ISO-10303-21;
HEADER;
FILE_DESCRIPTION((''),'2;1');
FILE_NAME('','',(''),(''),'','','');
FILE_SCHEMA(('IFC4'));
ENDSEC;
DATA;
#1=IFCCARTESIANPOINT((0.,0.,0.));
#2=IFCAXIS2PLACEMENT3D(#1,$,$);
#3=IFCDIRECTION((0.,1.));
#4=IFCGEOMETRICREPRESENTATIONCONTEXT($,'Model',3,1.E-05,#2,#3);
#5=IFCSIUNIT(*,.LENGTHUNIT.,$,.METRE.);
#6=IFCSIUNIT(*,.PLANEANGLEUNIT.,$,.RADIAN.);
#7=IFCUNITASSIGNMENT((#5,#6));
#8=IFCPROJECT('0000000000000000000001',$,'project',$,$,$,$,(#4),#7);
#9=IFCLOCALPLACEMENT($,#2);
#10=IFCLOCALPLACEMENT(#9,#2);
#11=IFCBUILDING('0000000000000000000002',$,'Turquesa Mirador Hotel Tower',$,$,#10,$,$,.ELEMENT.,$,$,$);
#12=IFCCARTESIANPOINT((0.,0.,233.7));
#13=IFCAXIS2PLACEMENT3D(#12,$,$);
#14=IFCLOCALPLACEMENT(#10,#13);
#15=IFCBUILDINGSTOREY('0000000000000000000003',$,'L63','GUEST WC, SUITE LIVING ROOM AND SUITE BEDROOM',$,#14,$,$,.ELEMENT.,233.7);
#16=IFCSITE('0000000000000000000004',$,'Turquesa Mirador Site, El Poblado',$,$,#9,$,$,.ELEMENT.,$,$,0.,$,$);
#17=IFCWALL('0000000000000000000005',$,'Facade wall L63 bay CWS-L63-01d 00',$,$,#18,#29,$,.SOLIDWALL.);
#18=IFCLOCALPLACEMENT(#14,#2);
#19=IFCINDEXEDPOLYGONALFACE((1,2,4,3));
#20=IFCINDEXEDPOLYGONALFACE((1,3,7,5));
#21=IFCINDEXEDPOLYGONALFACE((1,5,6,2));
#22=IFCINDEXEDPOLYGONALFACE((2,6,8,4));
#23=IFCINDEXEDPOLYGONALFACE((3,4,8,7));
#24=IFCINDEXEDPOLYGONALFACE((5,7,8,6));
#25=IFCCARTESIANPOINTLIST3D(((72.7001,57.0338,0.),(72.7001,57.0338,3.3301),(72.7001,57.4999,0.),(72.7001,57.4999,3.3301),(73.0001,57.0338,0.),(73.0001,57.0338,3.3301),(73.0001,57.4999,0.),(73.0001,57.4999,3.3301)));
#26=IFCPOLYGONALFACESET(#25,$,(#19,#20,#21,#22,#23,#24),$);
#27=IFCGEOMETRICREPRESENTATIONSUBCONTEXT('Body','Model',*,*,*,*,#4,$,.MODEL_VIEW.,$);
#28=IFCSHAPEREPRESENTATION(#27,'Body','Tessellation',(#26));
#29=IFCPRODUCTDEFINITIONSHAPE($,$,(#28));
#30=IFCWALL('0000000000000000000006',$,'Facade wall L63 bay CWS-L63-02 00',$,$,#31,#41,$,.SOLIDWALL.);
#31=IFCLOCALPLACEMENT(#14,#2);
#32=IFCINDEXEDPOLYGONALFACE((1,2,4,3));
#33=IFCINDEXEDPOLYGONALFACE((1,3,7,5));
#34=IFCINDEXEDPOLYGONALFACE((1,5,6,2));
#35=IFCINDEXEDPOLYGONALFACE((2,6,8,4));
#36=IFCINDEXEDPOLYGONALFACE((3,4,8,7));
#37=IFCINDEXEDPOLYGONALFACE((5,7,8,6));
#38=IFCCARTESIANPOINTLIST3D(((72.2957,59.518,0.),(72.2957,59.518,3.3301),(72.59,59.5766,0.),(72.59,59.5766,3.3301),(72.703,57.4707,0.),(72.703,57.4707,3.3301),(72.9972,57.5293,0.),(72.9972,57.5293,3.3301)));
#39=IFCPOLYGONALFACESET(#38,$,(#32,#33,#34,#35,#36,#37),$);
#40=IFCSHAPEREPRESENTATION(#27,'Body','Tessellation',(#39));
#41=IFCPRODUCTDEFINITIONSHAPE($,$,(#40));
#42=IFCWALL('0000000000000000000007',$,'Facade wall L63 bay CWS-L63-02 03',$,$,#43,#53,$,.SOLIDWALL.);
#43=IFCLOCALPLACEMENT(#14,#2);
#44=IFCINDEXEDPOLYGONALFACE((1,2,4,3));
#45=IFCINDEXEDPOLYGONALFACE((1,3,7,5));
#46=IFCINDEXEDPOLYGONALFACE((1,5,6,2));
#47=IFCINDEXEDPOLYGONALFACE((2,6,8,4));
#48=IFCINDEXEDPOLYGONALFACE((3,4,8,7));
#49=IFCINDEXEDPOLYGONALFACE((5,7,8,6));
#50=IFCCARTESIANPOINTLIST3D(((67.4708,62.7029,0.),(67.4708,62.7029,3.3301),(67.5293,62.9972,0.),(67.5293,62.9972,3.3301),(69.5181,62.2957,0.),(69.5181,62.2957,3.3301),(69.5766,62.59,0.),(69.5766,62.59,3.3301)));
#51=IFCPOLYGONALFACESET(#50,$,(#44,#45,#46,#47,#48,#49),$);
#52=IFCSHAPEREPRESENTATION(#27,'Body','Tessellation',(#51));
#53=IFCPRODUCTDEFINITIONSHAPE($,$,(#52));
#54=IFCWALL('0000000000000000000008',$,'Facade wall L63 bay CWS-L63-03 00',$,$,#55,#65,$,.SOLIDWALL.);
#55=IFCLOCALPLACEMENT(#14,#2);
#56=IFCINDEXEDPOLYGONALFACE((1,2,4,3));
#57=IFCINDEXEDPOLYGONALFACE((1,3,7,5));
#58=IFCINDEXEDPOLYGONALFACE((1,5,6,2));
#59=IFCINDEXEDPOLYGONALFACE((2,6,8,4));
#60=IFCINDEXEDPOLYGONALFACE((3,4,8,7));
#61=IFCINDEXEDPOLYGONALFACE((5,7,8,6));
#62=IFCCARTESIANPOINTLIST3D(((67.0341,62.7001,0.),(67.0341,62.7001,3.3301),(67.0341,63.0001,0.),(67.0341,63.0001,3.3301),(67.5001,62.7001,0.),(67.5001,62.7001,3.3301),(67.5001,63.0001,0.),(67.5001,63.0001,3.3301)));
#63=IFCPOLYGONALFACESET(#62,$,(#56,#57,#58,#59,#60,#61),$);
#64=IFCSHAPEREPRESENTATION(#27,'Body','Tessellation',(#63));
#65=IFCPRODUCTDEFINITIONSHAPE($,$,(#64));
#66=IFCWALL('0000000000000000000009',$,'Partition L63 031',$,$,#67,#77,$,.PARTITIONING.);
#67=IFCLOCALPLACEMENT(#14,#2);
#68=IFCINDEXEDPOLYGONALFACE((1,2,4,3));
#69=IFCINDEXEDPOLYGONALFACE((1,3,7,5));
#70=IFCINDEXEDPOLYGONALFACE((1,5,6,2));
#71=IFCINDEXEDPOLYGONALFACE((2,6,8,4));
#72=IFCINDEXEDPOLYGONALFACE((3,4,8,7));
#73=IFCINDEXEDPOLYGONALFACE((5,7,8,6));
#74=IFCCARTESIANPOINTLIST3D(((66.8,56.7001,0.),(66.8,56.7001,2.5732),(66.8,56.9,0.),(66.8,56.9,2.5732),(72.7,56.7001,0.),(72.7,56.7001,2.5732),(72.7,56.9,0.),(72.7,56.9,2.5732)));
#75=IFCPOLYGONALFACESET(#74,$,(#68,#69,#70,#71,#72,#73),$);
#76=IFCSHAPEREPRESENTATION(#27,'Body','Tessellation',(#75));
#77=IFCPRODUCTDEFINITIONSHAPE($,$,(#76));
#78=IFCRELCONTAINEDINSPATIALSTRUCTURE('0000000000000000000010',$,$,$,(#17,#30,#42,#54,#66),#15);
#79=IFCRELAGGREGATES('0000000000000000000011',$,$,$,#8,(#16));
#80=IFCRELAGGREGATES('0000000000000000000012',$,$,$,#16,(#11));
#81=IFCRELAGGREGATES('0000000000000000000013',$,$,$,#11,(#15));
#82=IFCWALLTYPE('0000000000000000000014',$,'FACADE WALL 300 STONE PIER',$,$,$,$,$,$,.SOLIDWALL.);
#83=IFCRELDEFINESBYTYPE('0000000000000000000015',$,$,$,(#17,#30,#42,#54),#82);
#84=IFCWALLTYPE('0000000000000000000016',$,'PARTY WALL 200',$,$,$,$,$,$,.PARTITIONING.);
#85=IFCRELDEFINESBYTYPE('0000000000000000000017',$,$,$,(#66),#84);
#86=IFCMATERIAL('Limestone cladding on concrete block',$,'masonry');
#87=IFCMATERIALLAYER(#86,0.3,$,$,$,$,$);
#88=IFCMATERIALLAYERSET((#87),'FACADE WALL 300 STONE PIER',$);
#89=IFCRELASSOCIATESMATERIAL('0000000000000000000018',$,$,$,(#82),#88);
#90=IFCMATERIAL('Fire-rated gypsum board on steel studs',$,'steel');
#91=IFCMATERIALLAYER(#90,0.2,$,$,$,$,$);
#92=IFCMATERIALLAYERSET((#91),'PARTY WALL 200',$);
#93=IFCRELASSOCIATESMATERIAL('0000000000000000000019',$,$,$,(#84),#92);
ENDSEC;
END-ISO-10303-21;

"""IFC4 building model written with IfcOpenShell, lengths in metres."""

from ifc_helpers import new_model, si_unit, direction, frame, frame_2d, origin, place, context, subcontext, project, spatial, rectangle, extrude, material, layer, layer_set, type_object, element, save


model = new_model("IFC4")

# Units and contexts
model_context = context("Model", 3, precision=1e-05, world=origin(), true_north=direction((0.0, 1.0)))
body_context = subcontext(model_context, "Body", "Model", "MODEL_VIEW")
ifc_project = project(units=[si_unit("LENGTHUNIT", "METRE"), si_unit("PLANEANGLEUNIT", "RADIAN")], contexts=[model_context])

# Site, building, storey
site_placement = place(None, origin())
site = spatial("IfcSite", under=ifc_project, at=site_placement, Name="Turquesa Mirador Site, El Poblado", CompositionType="ELEMENT", RefElevation=0.0)
building_placement = place(site_placement, origin())
building = spatial("IfcBuilding", under=site, at=building_placement, Name="Turquesa Mirador Hotel Tower", CompositionType="ELEMENT")
storey_placement = place(building_placement, frame((0.0, 0.0, 233.7)))
storey = spatial("IfcBuildingStorey", under=building, at=storey_placement, Name="L63", Description="GUEST WC, SUITE LIVING ROOM AND SUITE BEDROOM", CompositionType="ELEMENT", Elevation=233.7)

# Walls
ifc_material_1 = material(Name="Limestone cladding on concrete block", Category="masonry")
ifc_layer_1 = layer(ifc_material_1, 0.3)
ifc_layer_set_1 = layer_set([ifc_layer_1], Name="FACADE WALL 300 STONE PIER")
wall_type_1 = type_object("IfcWallType", Name="FACADE WALL 300 STONE PIER", PredefinedType="SOLIDWALL", material=ifc_layer_set_1)
wall_1_placement = place(storey_placement, frame((72.8501, 57.0339, 0.0), z_axis=(0.0, 0.0, 1.0), x_axis=(0.0, 1.0, 0.0)))
element("IfcWall", 1, at=wall_1_placement, inside=storey, type_object=wall_type_1, Name="Facade wall L63 bay CWS-L63-01d 00", PredefinedType="SOLIDWALL", context=body_context, shape_type="SweptSolid", body=[
    extrude(rectangle(XDim=0.4661, YDim=0.3, at=frame_2d((0.2329, 0.0))), origin(), (0.0, 0.0, 1.0), 3.3301),
])
for number, where, z_axis, x_axis, name in (
    (2, (72.8501, 57.5, 0.0), (0.0, 0.0, 1.0), (-0.195081, 0.980787, 0.0), "Facade wall L63 bay CWS-L63-02 00"),
    (3, (69.5474, 62.4429, 0.0), (0.0, 0.0, 1.0), (-0.980787, 0.195081, 0.0), "Facade wall L63 bay CWS-L63-02 03"),
):
    element("IfcWall", number, at=place(storey_placement, frame(where, z_axis=z_axis, x_axis=x_axis)), inside=storey, type_object=wall_type_1, Name=name, PredefinedType="SOLIDWALL", context=body_context, shape_type="SweptSolid", body=[
        extrude(rectangle(XDim=2.0874, YDim=0.3, at=frame_2d((1.0437, 0.0))), origin(), (0.0, 0.0, 1.0), 3.3301),
    ])
wall_2_placement = place(storey_placement, frame((67.5, 62.8501, 0.0), z_axis=(0.0, 0.0, 1.0), x_axis=(-1.0, 0.0, 0.0)))
element("IfcWall", 4, at=wall_2_placement, inside=storey, type_object=wall_type_1, Name="Facade wall L63 bay CWS-L63-03 00", PredefinedType="SOLIDWALL", context=body_context, shape_type="SweptSolid", body=[
    extrude(rectangle(XDim=0.4661, YDim=0.3, at=frame_2d((0.2329, 0.0))), origin(), (0.0, 0.0, 1.0), 3.3301),
])
ifc_material_2 = material(Name="Fire-rated gypsum board on steel studs", Category="steel")
ifc_layer_2 = layer(ifc_material_2, 0.2)
ifc_layer_set_2 = layer_set([ifc_layer_2], Name="PARTY WALL 200")
wall_type_2 = type_object("IfcWallType", Name="PARTY WALL 200", PredefinedType="PARTITIONING", material=ifc_layer_set_2)
wall_3_placement = place(storey_placement, frame((66.8, 56.8, 0.0), z_axis=(0.0, 0.0, 1.0), x_axis=(1.0, 0.0, 0.0)))
element("IfcWall", 5, at=wall_3_placement, inside=storey, type_object=wall_type_2, Name="Partition L63 031", PredefinedType="PARTITIONING", context=body_context, shape_type="SweptSolid", body=[
    extrude(rectangle(XDim=5.8999, YDim=0.2, at=frame_2d((2.95, 0.0))), origin(), (0.0, 0.0, 1.0), 2.5732),
])

save(model, "model.ifc")
